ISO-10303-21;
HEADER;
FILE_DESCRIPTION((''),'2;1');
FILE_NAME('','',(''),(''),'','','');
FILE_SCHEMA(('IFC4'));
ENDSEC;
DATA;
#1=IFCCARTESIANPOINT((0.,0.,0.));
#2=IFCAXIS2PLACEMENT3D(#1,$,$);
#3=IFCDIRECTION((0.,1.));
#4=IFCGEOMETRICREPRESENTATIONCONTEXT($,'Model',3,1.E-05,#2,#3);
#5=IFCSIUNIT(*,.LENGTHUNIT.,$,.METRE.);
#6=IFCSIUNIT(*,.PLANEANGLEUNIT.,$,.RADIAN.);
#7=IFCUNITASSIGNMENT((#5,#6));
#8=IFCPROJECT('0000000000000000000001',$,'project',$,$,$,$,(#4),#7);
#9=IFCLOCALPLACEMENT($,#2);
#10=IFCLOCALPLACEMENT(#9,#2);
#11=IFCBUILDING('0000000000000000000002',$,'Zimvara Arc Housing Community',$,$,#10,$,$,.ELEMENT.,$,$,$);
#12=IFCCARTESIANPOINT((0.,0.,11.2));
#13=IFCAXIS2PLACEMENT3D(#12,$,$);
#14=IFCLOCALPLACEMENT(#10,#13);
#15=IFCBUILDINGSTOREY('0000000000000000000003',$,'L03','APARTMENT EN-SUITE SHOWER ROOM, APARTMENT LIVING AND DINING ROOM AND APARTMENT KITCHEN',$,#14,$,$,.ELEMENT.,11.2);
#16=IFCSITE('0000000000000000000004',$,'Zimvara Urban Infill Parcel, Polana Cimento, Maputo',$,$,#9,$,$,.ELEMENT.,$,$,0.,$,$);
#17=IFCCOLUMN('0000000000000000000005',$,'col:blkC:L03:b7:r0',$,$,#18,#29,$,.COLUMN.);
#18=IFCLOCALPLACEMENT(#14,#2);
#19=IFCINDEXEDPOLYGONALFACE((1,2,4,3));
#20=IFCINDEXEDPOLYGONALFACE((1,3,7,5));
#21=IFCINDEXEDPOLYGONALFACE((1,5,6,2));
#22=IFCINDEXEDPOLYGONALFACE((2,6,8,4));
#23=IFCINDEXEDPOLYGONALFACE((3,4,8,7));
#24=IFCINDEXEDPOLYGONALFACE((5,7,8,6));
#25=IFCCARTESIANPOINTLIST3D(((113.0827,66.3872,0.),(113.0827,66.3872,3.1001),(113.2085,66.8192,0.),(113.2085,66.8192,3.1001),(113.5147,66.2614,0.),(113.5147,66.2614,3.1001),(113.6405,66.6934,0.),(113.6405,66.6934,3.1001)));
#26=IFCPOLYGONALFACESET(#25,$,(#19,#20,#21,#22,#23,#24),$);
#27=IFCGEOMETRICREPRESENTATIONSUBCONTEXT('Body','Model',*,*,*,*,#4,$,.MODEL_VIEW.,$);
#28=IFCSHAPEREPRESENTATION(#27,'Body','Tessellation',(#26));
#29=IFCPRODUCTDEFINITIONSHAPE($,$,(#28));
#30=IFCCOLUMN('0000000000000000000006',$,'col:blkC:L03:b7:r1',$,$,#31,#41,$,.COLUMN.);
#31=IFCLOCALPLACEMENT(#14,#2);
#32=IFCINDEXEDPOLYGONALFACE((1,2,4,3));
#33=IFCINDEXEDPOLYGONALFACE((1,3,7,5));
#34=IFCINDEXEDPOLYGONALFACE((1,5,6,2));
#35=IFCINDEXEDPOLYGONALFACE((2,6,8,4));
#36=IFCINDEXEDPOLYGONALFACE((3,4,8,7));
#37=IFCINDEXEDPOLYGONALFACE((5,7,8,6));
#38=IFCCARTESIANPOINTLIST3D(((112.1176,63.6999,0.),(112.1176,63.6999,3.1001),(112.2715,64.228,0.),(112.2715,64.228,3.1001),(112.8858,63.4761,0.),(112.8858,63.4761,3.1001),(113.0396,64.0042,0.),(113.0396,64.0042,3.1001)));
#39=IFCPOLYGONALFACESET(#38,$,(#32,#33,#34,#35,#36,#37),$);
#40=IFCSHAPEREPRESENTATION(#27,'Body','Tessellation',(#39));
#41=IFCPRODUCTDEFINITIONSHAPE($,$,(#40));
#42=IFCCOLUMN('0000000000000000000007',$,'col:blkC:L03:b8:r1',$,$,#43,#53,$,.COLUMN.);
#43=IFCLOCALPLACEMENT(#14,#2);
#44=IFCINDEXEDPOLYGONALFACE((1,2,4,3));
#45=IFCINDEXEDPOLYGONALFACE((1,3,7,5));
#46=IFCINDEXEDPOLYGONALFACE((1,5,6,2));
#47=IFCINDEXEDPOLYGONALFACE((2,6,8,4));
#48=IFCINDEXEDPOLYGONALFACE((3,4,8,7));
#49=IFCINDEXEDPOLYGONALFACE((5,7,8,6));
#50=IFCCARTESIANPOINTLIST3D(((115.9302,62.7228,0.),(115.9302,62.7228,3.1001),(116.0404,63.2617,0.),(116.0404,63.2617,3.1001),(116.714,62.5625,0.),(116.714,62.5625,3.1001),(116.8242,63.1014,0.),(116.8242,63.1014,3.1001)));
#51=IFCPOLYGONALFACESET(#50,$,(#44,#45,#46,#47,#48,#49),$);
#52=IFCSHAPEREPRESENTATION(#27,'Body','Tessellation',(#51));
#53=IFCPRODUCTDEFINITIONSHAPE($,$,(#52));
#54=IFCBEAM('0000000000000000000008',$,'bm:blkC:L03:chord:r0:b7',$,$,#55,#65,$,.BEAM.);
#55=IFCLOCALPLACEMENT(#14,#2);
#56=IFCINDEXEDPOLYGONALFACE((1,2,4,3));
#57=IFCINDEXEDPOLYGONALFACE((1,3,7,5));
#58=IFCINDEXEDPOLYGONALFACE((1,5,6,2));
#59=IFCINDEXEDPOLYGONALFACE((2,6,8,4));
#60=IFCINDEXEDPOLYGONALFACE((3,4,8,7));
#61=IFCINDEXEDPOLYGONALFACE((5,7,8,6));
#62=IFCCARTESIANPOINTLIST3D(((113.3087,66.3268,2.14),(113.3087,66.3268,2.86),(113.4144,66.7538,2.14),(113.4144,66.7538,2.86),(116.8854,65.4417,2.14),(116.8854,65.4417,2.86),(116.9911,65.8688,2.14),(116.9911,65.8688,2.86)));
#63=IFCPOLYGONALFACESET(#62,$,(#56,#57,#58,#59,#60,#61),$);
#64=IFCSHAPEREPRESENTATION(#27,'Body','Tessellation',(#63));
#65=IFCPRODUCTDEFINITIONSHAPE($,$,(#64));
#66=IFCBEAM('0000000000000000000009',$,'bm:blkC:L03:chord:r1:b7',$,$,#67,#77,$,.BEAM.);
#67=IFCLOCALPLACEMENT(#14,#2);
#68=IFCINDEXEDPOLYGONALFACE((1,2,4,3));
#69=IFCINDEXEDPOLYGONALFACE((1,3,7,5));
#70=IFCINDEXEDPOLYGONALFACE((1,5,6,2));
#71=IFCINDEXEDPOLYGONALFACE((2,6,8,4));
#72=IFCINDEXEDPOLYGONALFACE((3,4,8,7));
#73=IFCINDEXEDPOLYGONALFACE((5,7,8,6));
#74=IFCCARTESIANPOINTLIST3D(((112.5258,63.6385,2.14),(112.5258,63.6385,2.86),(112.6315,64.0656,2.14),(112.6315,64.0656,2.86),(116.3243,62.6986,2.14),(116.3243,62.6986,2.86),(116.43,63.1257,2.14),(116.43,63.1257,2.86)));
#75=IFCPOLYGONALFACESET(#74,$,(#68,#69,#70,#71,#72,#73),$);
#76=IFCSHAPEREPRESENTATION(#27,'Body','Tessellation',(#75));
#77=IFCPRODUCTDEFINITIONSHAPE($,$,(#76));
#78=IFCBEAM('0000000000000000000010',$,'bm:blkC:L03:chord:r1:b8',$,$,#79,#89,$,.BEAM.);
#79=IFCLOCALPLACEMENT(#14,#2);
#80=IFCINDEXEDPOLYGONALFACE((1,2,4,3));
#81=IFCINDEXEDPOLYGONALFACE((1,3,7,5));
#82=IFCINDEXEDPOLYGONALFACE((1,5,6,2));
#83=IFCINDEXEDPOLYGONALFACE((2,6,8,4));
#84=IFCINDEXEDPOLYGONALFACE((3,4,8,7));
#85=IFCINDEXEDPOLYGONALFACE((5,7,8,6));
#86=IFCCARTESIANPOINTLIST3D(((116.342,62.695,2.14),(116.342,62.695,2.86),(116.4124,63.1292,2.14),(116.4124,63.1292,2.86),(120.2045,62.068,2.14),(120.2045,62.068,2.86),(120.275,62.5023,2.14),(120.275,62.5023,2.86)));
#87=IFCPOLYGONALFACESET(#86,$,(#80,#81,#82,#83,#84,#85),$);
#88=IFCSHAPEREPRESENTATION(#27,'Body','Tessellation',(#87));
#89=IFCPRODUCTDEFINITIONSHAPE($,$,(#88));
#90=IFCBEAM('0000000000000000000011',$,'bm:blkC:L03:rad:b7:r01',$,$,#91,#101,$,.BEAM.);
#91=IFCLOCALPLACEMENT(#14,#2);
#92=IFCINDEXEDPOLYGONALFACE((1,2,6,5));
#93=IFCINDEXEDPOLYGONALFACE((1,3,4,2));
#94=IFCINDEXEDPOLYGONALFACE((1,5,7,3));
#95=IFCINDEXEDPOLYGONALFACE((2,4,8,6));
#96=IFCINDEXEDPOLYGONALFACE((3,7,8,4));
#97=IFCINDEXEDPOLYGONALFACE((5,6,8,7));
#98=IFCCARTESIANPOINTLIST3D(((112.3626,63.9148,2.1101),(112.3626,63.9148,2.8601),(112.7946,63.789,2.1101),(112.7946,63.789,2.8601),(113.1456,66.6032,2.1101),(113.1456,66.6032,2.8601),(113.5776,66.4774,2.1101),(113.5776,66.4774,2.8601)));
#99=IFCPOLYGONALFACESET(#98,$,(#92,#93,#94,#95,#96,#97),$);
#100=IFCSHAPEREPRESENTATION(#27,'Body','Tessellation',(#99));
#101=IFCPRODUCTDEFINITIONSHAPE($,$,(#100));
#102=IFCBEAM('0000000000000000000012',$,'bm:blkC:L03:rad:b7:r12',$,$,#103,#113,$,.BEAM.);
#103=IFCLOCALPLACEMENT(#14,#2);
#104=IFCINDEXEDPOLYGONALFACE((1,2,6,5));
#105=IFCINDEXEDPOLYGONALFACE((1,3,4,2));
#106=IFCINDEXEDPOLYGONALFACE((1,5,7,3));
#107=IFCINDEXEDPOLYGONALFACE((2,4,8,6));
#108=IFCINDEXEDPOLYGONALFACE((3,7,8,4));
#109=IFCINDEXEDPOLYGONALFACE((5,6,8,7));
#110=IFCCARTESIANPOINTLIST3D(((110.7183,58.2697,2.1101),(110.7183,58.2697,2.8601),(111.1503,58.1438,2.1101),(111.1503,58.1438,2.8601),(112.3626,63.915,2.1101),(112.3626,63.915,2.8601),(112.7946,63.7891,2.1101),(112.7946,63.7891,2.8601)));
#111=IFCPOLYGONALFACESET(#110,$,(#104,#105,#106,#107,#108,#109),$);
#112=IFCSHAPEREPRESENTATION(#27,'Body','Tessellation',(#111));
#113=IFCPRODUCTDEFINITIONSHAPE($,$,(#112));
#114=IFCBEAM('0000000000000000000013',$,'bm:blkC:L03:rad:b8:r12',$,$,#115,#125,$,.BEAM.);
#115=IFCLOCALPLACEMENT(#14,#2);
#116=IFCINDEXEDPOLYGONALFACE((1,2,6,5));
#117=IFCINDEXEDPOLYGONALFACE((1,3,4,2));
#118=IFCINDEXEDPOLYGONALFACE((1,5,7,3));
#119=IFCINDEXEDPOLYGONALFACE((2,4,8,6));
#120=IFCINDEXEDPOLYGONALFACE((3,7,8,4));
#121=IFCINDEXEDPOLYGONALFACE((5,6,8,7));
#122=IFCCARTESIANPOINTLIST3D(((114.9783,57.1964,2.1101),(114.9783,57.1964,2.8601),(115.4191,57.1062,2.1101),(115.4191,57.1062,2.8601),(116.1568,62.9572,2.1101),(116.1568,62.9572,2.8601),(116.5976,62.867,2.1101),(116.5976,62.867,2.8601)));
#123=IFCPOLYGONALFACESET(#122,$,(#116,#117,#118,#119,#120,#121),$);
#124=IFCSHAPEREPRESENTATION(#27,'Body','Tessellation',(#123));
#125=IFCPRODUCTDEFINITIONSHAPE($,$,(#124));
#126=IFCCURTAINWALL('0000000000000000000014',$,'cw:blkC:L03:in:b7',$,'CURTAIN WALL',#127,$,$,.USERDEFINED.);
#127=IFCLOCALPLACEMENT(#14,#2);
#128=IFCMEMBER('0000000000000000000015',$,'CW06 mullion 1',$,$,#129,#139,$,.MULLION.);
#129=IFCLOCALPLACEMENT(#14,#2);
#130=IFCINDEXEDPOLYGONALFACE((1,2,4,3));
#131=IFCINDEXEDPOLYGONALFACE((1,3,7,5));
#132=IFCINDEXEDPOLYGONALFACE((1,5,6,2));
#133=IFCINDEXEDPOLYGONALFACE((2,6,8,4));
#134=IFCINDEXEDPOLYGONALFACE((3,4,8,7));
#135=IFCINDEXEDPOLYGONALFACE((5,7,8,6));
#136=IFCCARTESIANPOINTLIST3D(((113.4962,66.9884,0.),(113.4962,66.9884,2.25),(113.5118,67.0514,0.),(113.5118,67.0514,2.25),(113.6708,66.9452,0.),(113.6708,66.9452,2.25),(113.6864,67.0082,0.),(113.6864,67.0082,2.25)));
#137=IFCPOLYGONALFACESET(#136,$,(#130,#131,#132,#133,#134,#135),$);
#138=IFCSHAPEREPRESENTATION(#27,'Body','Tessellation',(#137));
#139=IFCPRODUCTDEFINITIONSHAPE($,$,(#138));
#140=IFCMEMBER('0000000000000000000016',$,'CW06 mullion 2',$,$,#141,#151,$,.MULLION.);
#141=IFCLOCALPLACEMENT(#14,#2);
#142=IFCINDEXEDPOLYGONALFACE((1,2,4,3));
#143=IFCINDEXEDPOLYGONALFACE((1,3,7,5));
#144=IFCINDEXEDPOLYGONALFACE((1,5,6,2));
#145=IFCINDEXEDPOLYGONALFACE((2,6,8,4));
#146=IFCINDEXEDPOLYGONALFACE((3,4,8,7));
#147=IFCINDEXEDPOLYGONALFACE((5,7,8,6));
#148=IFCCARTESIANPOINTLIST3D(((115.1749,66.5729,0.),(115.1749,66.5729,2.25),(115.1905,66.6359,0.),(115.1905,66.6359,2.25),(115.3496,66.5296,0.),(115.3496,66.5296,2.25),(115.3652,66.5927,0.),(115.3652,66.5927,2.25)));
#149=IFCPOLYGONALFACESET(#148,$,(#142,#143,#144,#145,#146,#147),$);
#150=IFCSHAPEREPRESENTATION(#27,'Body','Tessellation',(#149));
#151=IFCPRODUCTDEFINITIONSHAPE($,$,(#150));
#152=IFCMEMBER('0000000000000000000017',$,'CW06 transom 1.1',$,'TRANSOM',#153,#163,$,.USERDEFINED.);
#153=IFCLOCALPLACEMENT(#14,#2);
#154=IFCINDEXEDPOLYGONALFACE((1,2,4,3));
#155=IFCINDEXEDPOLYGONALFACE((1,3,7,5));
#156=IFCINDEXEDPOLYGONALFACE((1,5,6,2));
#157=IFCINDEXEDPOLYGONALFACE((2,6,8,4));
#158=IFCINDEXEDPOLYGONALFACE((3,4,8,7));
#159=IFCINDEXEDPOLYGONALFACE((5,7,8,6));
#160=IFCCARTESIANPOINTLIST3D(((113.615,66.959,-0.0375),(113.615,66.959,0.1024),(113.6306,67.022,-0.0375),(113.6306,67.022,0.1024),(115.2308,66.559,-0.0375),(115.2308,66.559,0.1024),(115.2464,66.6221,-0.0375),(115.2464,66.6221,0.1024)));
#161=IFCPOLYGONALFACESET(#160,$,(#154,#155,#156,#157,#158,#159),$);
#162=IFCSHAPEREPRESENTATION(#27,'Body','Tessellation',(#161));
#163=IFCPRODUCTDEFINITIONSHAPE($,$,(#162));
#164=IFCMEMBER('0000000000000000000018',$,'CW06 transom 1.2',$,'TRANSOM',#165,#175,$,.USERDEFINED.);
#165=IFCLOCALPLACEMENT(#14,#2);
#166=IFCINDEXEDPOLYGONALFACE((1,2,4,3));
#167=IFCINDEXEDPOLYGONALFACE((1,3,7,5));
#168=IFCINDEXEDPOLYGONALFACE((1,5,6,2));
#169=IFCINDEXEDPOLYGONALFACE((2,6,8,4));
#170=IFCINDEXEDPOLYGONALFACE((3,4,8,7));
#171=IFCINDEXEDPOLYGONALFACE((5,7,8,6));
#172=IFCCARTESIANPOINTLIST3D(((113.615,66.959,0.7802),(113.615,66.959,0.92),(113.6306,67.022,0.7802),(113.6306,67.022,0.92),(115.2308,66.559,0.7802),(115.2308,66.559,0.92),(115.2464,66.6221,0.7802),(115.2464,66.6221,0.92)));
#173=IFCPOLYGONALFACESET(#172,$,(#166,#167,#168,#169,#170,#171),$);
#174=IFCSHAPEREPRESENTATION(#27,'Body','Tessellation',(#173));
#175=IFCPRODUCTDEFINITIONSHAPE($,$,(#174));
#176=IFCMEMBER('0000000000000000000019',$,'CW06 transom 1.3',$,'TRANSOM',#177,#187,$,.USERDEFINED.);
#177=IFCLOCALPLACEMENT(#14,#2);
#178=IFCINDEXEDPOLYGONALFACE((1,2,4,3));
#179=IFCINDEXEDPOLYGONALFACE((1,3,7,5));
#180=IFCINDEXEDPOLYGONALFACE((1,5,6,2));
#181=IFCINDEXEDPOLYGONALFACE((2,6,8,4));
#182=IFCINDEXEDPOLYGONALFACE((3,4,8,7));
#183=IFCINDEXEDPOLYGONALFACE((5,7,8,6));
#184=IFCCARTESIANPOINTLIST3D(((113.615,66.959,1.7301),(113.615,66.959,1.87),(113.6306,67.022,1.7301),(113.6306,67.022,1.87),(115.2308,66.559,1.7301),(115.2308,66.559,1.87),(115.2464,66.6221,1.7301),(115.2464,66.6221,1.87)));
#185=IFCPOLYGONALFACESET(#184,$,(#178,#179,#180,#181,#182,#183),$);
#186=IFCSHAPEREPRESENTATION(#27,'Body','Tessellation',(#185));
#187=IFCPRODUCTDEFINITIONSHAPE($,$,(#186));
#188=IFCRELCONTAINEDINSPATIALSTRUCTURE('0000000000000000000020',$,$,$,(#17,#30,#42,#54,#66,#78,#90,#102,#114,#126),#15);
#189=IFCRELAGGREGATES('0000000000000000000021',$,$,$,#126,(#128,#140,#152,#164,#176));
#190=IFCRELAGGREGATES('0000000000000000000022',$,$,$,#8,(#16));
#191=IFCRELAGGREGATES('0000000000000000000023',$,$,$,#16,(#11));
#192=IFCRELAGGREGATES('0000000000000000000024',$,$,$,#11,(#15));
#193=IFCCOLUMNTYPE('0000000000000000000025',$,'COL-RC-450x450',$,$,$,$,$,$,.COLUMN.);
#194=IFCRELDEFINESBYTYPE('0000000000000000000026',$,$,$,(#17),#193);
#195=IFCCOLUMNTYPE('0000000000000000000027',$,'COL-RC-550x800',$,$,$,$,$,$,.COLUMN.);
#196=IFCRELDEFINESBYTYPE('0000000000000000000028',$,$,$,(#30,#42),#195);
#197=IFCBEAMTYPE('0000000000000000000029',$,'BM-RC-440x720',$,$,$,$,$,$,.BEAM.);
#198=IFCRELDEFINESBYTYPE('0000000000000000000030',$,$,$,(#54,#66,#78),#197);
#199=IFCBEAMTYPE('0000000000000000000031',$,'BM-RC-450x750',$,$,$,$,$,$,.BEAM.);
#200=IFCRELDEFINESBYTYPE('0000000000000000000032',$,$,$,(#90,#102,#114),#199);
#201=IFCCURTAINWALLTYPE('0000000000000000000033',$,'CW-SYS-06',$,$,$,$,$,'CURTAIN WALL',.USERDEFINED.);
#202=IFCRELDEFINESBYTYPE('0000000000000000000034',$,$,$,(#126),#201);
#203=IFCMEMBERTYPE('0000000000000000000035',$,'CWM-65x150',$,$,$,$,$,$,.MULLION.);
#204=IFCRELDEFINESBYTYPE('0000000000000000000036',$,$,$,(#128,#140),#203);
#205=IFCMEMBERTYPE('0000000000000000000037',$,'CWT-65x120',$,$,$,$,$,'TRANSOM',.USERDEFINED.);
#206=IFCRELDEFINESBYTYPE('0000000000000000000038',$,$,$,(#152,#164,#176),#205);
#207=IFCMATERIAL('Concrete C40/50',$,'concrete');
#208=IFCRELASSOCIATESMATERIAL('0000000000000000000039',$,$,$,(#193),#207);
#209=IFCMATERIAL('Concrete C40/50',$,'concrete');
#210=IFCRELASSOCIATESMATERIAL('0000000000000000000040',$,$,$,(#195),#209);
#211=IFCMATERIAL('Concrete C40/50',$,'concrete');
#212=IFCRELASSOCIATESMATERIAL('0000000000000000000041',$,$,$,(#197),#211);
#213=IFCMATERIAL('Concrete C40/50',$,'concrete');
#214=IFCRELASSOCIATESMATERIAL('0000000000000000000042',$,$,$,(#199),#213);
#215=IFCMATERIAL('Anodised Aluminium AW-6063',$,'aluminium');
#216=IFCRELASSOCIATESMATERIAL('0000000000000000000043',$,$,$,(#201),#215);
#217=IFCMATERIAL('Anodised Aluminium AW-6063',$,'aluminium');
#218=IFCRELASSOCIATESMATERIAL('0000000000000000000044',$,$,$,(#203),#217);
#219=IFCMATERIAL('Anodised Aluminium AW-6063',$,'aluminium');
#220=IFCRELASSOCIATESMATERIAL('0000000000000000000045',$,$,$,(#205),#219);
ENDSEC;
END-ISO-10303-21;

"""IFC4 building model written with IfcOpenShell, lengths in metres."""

from ifc_helpers import new_model, si_unit, direction, frame, origin, origin_2d, place, context, subcontext, project, spatial, rectangle, extrude, material, material_profile, profile_set, type_object, element, aggregate, save


model = new_model("IFC4")

# Units and contexts
model_context = context("Model", 3, precision=1e-05, world=origin(), true_north=direction((0.0, 1.0)))
body_context = subcontext(model_context, "Body", "Model", "MODEL_VIEW")
ifc_project = project(units=[si_unit("LENGTHUNIT", "METRE"), si_unit("PLANEANGLEUNIT", "RADIAN")], contexts=[model_context])

# Site, building, storey
site_placement = place(None, origin())
site = spatial("IfcSite", under=ifc_project, at=site_placement, Name="Zimvara Urban Infill Parcel, Polana Cimento, Maputo", CompositionType="ELEMENT", RefElevation=0.0)
building_placement = place(site_placement, origin())
building = spatial("IfcBuilding", under=site, at=building_placement, Name="Zimvara Arc Housing Community", CompositionType="ELEMENT")
storey_placement = place(building_placement, frame((0.0, 0.0, 11.2)))
storey = spatial("IfcBuildingStorey", under=building, at=storey_placement, Name="L03", Description="APARTMENT EN-SUITE SHOWER ROOM, APARTMENT LIVING AND DINING ROOM AND APARTMENT KITCHEN", CompositionType="ELEMENT", Elevation=11.2)

# Columns
ifc_material_1 = material(Name="Concrete C40/50", Category="concrete")
ifc_material_profile_1 = material_profile(ifc_material_1, rectangle(XDim=0.45, YDim=0.45, at=origin_2d()), Name="RC 450x450")
ifc_profile_set_1 = profile_set([ifc_material_profile_1], Name="Concrete C40/50")
column_type_1 = type_object("IfcColumnType", Name="COL-RC-450x450", PredefinedType="COLUMN", material=ifc_profile_set_1)
column_placement = place(storey_placement, frame((113.3616, 66.5403, 0.0), z_axis=(0.0, 0.0, 1.0), x_axis=(-0.279661, -0.960099, 0.0)))
element("IfcColumn", 1, at=column_placement, inside=storey, type_object=column_type_1, Name="col:blkC:L03:b7:r0", PredefinedType="COLUMN", context=body_context, shape_type="SweptSolid", body=[
    extrude(rectangle(XDim=0.45, YDim=0.45, at=origin_2d()), origin(), (0.0, 0.0, 1.0), 3.1001),
])
ifc_material_2 = material(Name="Concrete C40/50", Category="concrete")
ifc_material_profile_2 = material_profile(ifc_material_2, rectangle(XDim=0.55, YDim=0.8, at=origin_2d()), Name="RC 550x800")
ifc_profile_set_2 = profile_set([ifc_material_profile_2], Name="Concrete C40/50")
column_type_2 = type_object("IfcColumnType", Name="COL-RC-550x800", PredefinedType="COLUMN", material=ifc_profile_set_2)
for number, where, z_axis, x_axis, name in (
    (2, (112.5786, 63.8521, 0.0), (0.0, 0.0, 1.0), (-0.279661, -0.960099, 0.0), "col:blkC:L03:b7:r1"),
    (3, (116.3772, 62.9121, 0.0), (0.0, 0.0, 1.0), (-0.200394, -0.979715, 0.0), "col:blkC:L03:b8:r1"),
):
    element("IfcColumn", number, at=place(storey_placement, frame(where, z_axis=z_axis, x_axis=x_axis)), inside=storey, type_object=column_type_2, Name=name, PredefinedType="COLUMN", context=body_context, shape_type="SweptSolid", body=[
        extrude(rectangle(XDim=0.55, YDim=0.8, at=origin_2d()), origin(), (0.0, 0.0, 1.0), 3.1001),
    ])

# Beams
ifc_material_3 = material(Name="Concrete C40/50", Category="concrete")
ifc_material_profile_3 = material_profile(ifc_material_3, rectangle(XDim=0.4399, YDim=0.72, at=origin_2d()), Name="RC 440x720")
ifc_profile_set_3 = profile_set([ifc_material_profile_3], Name="Concrete C40/50")
beam_type_1 = type_object("IfcBeamType", Name="BM-RC-440x720", PredefinedType="BEAM", material=ifc_profile_set_3)
beam_1_placement = place(storey_placement, frame((113.3616, 66.5403, 2.5), z_axis=(0.970724, -0.240196, 0.0), x_axis=(0.240196, 0.970724, 0.0)))
element("IfcBeam", 4, at=beam_1_placement, inside=storey, type_object=beam_type_1, Name="bm:blkC:L03:chord:r0:b7", PredefinedType="BEAM", context=body_context, shape_type="SweptSolid", body=[
    extrude(rectangle(XDim=0.4399, YDim=0.72, at=origin_2d()), origin(), (0.0, 0.0, 1.0), 3.6846),
])
for number, where, z_axis, x_axis, name in (
    (5, (112.5786, 63.8521, 2.5), (0.970723, -0.240201, 0.0), (0.240201, 0.970723, 0.0), "bm:blkC:L03:chord:r1:b7"),
    (6, (116.3772, 62.9121, 2.5), (0.987081, -0.160219, 0.0), (0.160219, 0.987081, 0.0), "bm:blkC:L03:chord:r1:b8"),
):
    element("IfcBeam", number, at=place(storey_placement, frame(where, z_axis=z_axis, x_axis=x_axis)), inside=storey, type_object=beam_type_1, Name=name, PredefinedType="BEAM", context=body_context, shape_type="SweptSolid", body=[
        extrude(rectangle(XDim=0.4399, YDim=0.72, at=origin_2d()), origin(), (0.0, 0.0, 1.0), 3.9131),
    ])
ifc_material_4 = material(Name="Concrete C40/50", Category="concrete")
ifc_material_profile_4 = material_profile(ifc_material_4, rectangle(XDim=0.45, YDim=0.75, at=origin_2d()), Name="RC 450x750")
ifc_profile_set_4 = profile_set([ifc_material_profile_4], Name="Concrete C40/50")
beam_type_2 = type_object("IfcBeamType", Name="BM-RC-450x750", PredefinedType="BEAM", material=ifc_profile_set_4)
beam_2_placement = place(storey_placement, frame((113.3616, 66.5403, 2.4851), z_axis=(-0.279635, -0.960106, 0.0), x_axis=(0.960106, -0.279635, 0.0)))
element("IfcBeam", 7, at=beam_2_placement, inside=storey, type_object=beam_type_2, Name="bm:blkC:L03:rad:b7:r01", PredefinedType="BEAM", context=body_context, shape_type="SweptSolid", body=[
    extrude(rectangle(XDim=0.45, YDim=0.75, at=origin_2d()), origin(), (0.0, 0.0, 1.0), 2.8),
])
beam_3_placement = place(storey_placement, frame((112.5786, 63.8521, 2.4851), z_axis=(-0.279648, -0.960103, 0.0), x_axis=(0.960103, -0.279648, 0.0)))
element("IfcBeam", 8, at=beam_3_placement, inside=storey, type_object=beam_type_2, Name="bm:blkC:L03:rad:b7:r12", PredefinedType="BEAM", context=body_context, shape_type="SweptSolid", body=[
    extrude(rectangle(XDim=0.45, YDim=0.75, at=origin_2d()), origin(), (0.0, 0.0, 1.0), 5.8799),
])
beam_4_placement = place(storey_placement, frame((116.3772, 62.9121, 2.4851), z_axis=(-0.200418, -0.97971, 0.0), x_axis=(0.97971, -0.200418, 0.0)))
element("IfcBeam", 9, at=beam_4_placement, inside=storey, type_object=beam_type_2, Name="bm:blkC:L03:rad:b8:r12", PredefinedType="BEAM", context=body_context, shape_type="SweptSolid", body=[
    extrude(rectangle(XDim=0.45, YDim=0.75, at=origin_2d()), origin(), (0.0, 0.0, 1.0), 5.8801),
])

# Curtain wall, members
ifc_material_5 = material(Name="Anodised Aluminium AW-6063", Category="aluminium")
curtain_wall_type = type_object("IfcCurtainWallType", Name="CW-SYS-06", ElementType="CURTAIN WALL", PredefinedType="USERDEFINED", material=ifc_material_5)
curtain_wall_placement = place(storey_placement, origin())
curtain_wall = element("IfcCurtainWall", 10, at=curtain_wall_placement, inside=storey, type_object=curtain_wall_type, Name="cw:blkC:L03:in:b7", ObjectType="CURTAIN WALL", PredefinedType="USERDEFINED")
ifc_material_6 = material(Name="Anodised Aluminium AW-6063", Category="aluminium")
ifc_material_profile_5 = material_profile(ifc_material_6, rectangle(XDim=0.0649, YDim=0.1799, at=origin_2d()), Name="ALU 65x180")
ifc_profile_set_5 = profile_set([ifc_material_profile_5], Name="Anodised Aluminium AW-6063")
member_type_1 = type_object("IfcMemberType", Name="CWM-65x150", PredefinedType="MULLION", material=ifc_profile_set_5)
member_1_placement = place(storey_placement, frame((113.5913, 66.9983, 0.0), z_axis=(0.0, 0.0, 1.0), x_axis=(0.240228, 0.970717, 0.0)))
member_1 = element("IfcMember", 11, at=member_1_placement, type_object=member_type_1, Name="CW06 mullion 1", PredefinedType="MULLION", context=body_context, shape_type="SweptSolid", body=[
    extrude(rectangle(XDim=0.0649, YDim=0.1799, at=origin_2d()), origin(), (0.0, 0.0, 1.0), 2.25),
])
member_2_placement = place(storey_placement, frame((115.27, 66.5828, 0.0), z_axis=(0.0, 0.0, 1.0), x_axis=(0.240228, 0.970717, 0.0)))
member_2 = element("IfcMember", 12, at=member_2_placement, type_object=member_type_1, Name="CW06 mullion 2", PredefinedType="MULLION", context=body_context, shape_type="SweptSolid", body=[
    extrude(rectangle(XDim=0.0649, YDim=0.1799, at=origin_2d()), origin(), (0.0, 0.0, 1.0), 2.25),
])
ifc_material_7 = material(Name="Anodised Aluminium AW-6063", Category="aluminium")
ifc_material_profile_6 = material_profile(ifc_material_7, rectangle(XDim=0.0649, YDim=0.1399, at=origin_2d()), Name="ALU 65x140")
ifc_profile_set_6 = profile_set([ifc_material_profile_6], Name="Anodised Aluminium AW-6063")
member_type_2 = type_object("IfcMemberType", Name="CWT-65x120", ElementType="TRANSOM", PredefinedType="USERDEFINED", material=ifc_profile_set_6)
member_3_placement = place(storey_placement, frame((113.6228, 66.9905, 0.0325), z_axis=(0.970709, -0.240257, 0.0), x_axis=(0.240257, 0.970709, 0.0)))
member_3 = element("IfcMember", 13, at=member_3_placement, type_object=member_type_2, Name="CW06 transom 1.1", ObjectType="TRANSOM", PredefinedType="USERDEFINED", context=body_context, shape_type="SweptSolid", body=[
    extrude(rectangle(XDim=0.0649, YDim=0.1399, at=origin_2d()), origin(), (0.0, 0.0, 1.0), 1.6646),
])
member_4_placement = place(storey_placement, frame((113.6228, 66.9905, 0.8501), z_axis=(0.970709, -0.240257, 0.0), x_axis=(0.240257, 0.970709, 0.0)))
member_4 = element("IfcMember", 14, at=member_4_placement, type_object=member_type_2, Name="CW06 transom 1.2", ObjectType="TRANSOM", PredefinedType="USERDEFINED", context=body_context, shape_type="SweptSolid", body=[
    extrude(rectangle(XDim=0.0649, YDim=0.1399, at=origin_2d()), origin(), (0.0, 0.0, 1.0), 1.6646),
])
member_5_placement = place(storey_placement, frame((113.6228, 66.9905, 1.8), z_axis=(0.970709, -0.240257, 0.0), x_axis=(0.240257, 0.970709, 0.0)))
member_5 = element("IfcMember", 15, at=member_5_placement, type_object=member_type_2, Name="CW06 transom 1.3", ObjectType="TRANSOM", PredefinedType="USERDEFINED", context=body_context, shape_type="SweptSolid", body=[
    extrude(rectangle(XDim=0.0649, YDim=0.1399, at=origin_2d()), origin(), (0.0, 0.0, 1.0), 1.6646),
])
aggregate(curtain_wall, [member_1, member_2, member_3, member_4, member_5])

save(model, "model.ifc")
